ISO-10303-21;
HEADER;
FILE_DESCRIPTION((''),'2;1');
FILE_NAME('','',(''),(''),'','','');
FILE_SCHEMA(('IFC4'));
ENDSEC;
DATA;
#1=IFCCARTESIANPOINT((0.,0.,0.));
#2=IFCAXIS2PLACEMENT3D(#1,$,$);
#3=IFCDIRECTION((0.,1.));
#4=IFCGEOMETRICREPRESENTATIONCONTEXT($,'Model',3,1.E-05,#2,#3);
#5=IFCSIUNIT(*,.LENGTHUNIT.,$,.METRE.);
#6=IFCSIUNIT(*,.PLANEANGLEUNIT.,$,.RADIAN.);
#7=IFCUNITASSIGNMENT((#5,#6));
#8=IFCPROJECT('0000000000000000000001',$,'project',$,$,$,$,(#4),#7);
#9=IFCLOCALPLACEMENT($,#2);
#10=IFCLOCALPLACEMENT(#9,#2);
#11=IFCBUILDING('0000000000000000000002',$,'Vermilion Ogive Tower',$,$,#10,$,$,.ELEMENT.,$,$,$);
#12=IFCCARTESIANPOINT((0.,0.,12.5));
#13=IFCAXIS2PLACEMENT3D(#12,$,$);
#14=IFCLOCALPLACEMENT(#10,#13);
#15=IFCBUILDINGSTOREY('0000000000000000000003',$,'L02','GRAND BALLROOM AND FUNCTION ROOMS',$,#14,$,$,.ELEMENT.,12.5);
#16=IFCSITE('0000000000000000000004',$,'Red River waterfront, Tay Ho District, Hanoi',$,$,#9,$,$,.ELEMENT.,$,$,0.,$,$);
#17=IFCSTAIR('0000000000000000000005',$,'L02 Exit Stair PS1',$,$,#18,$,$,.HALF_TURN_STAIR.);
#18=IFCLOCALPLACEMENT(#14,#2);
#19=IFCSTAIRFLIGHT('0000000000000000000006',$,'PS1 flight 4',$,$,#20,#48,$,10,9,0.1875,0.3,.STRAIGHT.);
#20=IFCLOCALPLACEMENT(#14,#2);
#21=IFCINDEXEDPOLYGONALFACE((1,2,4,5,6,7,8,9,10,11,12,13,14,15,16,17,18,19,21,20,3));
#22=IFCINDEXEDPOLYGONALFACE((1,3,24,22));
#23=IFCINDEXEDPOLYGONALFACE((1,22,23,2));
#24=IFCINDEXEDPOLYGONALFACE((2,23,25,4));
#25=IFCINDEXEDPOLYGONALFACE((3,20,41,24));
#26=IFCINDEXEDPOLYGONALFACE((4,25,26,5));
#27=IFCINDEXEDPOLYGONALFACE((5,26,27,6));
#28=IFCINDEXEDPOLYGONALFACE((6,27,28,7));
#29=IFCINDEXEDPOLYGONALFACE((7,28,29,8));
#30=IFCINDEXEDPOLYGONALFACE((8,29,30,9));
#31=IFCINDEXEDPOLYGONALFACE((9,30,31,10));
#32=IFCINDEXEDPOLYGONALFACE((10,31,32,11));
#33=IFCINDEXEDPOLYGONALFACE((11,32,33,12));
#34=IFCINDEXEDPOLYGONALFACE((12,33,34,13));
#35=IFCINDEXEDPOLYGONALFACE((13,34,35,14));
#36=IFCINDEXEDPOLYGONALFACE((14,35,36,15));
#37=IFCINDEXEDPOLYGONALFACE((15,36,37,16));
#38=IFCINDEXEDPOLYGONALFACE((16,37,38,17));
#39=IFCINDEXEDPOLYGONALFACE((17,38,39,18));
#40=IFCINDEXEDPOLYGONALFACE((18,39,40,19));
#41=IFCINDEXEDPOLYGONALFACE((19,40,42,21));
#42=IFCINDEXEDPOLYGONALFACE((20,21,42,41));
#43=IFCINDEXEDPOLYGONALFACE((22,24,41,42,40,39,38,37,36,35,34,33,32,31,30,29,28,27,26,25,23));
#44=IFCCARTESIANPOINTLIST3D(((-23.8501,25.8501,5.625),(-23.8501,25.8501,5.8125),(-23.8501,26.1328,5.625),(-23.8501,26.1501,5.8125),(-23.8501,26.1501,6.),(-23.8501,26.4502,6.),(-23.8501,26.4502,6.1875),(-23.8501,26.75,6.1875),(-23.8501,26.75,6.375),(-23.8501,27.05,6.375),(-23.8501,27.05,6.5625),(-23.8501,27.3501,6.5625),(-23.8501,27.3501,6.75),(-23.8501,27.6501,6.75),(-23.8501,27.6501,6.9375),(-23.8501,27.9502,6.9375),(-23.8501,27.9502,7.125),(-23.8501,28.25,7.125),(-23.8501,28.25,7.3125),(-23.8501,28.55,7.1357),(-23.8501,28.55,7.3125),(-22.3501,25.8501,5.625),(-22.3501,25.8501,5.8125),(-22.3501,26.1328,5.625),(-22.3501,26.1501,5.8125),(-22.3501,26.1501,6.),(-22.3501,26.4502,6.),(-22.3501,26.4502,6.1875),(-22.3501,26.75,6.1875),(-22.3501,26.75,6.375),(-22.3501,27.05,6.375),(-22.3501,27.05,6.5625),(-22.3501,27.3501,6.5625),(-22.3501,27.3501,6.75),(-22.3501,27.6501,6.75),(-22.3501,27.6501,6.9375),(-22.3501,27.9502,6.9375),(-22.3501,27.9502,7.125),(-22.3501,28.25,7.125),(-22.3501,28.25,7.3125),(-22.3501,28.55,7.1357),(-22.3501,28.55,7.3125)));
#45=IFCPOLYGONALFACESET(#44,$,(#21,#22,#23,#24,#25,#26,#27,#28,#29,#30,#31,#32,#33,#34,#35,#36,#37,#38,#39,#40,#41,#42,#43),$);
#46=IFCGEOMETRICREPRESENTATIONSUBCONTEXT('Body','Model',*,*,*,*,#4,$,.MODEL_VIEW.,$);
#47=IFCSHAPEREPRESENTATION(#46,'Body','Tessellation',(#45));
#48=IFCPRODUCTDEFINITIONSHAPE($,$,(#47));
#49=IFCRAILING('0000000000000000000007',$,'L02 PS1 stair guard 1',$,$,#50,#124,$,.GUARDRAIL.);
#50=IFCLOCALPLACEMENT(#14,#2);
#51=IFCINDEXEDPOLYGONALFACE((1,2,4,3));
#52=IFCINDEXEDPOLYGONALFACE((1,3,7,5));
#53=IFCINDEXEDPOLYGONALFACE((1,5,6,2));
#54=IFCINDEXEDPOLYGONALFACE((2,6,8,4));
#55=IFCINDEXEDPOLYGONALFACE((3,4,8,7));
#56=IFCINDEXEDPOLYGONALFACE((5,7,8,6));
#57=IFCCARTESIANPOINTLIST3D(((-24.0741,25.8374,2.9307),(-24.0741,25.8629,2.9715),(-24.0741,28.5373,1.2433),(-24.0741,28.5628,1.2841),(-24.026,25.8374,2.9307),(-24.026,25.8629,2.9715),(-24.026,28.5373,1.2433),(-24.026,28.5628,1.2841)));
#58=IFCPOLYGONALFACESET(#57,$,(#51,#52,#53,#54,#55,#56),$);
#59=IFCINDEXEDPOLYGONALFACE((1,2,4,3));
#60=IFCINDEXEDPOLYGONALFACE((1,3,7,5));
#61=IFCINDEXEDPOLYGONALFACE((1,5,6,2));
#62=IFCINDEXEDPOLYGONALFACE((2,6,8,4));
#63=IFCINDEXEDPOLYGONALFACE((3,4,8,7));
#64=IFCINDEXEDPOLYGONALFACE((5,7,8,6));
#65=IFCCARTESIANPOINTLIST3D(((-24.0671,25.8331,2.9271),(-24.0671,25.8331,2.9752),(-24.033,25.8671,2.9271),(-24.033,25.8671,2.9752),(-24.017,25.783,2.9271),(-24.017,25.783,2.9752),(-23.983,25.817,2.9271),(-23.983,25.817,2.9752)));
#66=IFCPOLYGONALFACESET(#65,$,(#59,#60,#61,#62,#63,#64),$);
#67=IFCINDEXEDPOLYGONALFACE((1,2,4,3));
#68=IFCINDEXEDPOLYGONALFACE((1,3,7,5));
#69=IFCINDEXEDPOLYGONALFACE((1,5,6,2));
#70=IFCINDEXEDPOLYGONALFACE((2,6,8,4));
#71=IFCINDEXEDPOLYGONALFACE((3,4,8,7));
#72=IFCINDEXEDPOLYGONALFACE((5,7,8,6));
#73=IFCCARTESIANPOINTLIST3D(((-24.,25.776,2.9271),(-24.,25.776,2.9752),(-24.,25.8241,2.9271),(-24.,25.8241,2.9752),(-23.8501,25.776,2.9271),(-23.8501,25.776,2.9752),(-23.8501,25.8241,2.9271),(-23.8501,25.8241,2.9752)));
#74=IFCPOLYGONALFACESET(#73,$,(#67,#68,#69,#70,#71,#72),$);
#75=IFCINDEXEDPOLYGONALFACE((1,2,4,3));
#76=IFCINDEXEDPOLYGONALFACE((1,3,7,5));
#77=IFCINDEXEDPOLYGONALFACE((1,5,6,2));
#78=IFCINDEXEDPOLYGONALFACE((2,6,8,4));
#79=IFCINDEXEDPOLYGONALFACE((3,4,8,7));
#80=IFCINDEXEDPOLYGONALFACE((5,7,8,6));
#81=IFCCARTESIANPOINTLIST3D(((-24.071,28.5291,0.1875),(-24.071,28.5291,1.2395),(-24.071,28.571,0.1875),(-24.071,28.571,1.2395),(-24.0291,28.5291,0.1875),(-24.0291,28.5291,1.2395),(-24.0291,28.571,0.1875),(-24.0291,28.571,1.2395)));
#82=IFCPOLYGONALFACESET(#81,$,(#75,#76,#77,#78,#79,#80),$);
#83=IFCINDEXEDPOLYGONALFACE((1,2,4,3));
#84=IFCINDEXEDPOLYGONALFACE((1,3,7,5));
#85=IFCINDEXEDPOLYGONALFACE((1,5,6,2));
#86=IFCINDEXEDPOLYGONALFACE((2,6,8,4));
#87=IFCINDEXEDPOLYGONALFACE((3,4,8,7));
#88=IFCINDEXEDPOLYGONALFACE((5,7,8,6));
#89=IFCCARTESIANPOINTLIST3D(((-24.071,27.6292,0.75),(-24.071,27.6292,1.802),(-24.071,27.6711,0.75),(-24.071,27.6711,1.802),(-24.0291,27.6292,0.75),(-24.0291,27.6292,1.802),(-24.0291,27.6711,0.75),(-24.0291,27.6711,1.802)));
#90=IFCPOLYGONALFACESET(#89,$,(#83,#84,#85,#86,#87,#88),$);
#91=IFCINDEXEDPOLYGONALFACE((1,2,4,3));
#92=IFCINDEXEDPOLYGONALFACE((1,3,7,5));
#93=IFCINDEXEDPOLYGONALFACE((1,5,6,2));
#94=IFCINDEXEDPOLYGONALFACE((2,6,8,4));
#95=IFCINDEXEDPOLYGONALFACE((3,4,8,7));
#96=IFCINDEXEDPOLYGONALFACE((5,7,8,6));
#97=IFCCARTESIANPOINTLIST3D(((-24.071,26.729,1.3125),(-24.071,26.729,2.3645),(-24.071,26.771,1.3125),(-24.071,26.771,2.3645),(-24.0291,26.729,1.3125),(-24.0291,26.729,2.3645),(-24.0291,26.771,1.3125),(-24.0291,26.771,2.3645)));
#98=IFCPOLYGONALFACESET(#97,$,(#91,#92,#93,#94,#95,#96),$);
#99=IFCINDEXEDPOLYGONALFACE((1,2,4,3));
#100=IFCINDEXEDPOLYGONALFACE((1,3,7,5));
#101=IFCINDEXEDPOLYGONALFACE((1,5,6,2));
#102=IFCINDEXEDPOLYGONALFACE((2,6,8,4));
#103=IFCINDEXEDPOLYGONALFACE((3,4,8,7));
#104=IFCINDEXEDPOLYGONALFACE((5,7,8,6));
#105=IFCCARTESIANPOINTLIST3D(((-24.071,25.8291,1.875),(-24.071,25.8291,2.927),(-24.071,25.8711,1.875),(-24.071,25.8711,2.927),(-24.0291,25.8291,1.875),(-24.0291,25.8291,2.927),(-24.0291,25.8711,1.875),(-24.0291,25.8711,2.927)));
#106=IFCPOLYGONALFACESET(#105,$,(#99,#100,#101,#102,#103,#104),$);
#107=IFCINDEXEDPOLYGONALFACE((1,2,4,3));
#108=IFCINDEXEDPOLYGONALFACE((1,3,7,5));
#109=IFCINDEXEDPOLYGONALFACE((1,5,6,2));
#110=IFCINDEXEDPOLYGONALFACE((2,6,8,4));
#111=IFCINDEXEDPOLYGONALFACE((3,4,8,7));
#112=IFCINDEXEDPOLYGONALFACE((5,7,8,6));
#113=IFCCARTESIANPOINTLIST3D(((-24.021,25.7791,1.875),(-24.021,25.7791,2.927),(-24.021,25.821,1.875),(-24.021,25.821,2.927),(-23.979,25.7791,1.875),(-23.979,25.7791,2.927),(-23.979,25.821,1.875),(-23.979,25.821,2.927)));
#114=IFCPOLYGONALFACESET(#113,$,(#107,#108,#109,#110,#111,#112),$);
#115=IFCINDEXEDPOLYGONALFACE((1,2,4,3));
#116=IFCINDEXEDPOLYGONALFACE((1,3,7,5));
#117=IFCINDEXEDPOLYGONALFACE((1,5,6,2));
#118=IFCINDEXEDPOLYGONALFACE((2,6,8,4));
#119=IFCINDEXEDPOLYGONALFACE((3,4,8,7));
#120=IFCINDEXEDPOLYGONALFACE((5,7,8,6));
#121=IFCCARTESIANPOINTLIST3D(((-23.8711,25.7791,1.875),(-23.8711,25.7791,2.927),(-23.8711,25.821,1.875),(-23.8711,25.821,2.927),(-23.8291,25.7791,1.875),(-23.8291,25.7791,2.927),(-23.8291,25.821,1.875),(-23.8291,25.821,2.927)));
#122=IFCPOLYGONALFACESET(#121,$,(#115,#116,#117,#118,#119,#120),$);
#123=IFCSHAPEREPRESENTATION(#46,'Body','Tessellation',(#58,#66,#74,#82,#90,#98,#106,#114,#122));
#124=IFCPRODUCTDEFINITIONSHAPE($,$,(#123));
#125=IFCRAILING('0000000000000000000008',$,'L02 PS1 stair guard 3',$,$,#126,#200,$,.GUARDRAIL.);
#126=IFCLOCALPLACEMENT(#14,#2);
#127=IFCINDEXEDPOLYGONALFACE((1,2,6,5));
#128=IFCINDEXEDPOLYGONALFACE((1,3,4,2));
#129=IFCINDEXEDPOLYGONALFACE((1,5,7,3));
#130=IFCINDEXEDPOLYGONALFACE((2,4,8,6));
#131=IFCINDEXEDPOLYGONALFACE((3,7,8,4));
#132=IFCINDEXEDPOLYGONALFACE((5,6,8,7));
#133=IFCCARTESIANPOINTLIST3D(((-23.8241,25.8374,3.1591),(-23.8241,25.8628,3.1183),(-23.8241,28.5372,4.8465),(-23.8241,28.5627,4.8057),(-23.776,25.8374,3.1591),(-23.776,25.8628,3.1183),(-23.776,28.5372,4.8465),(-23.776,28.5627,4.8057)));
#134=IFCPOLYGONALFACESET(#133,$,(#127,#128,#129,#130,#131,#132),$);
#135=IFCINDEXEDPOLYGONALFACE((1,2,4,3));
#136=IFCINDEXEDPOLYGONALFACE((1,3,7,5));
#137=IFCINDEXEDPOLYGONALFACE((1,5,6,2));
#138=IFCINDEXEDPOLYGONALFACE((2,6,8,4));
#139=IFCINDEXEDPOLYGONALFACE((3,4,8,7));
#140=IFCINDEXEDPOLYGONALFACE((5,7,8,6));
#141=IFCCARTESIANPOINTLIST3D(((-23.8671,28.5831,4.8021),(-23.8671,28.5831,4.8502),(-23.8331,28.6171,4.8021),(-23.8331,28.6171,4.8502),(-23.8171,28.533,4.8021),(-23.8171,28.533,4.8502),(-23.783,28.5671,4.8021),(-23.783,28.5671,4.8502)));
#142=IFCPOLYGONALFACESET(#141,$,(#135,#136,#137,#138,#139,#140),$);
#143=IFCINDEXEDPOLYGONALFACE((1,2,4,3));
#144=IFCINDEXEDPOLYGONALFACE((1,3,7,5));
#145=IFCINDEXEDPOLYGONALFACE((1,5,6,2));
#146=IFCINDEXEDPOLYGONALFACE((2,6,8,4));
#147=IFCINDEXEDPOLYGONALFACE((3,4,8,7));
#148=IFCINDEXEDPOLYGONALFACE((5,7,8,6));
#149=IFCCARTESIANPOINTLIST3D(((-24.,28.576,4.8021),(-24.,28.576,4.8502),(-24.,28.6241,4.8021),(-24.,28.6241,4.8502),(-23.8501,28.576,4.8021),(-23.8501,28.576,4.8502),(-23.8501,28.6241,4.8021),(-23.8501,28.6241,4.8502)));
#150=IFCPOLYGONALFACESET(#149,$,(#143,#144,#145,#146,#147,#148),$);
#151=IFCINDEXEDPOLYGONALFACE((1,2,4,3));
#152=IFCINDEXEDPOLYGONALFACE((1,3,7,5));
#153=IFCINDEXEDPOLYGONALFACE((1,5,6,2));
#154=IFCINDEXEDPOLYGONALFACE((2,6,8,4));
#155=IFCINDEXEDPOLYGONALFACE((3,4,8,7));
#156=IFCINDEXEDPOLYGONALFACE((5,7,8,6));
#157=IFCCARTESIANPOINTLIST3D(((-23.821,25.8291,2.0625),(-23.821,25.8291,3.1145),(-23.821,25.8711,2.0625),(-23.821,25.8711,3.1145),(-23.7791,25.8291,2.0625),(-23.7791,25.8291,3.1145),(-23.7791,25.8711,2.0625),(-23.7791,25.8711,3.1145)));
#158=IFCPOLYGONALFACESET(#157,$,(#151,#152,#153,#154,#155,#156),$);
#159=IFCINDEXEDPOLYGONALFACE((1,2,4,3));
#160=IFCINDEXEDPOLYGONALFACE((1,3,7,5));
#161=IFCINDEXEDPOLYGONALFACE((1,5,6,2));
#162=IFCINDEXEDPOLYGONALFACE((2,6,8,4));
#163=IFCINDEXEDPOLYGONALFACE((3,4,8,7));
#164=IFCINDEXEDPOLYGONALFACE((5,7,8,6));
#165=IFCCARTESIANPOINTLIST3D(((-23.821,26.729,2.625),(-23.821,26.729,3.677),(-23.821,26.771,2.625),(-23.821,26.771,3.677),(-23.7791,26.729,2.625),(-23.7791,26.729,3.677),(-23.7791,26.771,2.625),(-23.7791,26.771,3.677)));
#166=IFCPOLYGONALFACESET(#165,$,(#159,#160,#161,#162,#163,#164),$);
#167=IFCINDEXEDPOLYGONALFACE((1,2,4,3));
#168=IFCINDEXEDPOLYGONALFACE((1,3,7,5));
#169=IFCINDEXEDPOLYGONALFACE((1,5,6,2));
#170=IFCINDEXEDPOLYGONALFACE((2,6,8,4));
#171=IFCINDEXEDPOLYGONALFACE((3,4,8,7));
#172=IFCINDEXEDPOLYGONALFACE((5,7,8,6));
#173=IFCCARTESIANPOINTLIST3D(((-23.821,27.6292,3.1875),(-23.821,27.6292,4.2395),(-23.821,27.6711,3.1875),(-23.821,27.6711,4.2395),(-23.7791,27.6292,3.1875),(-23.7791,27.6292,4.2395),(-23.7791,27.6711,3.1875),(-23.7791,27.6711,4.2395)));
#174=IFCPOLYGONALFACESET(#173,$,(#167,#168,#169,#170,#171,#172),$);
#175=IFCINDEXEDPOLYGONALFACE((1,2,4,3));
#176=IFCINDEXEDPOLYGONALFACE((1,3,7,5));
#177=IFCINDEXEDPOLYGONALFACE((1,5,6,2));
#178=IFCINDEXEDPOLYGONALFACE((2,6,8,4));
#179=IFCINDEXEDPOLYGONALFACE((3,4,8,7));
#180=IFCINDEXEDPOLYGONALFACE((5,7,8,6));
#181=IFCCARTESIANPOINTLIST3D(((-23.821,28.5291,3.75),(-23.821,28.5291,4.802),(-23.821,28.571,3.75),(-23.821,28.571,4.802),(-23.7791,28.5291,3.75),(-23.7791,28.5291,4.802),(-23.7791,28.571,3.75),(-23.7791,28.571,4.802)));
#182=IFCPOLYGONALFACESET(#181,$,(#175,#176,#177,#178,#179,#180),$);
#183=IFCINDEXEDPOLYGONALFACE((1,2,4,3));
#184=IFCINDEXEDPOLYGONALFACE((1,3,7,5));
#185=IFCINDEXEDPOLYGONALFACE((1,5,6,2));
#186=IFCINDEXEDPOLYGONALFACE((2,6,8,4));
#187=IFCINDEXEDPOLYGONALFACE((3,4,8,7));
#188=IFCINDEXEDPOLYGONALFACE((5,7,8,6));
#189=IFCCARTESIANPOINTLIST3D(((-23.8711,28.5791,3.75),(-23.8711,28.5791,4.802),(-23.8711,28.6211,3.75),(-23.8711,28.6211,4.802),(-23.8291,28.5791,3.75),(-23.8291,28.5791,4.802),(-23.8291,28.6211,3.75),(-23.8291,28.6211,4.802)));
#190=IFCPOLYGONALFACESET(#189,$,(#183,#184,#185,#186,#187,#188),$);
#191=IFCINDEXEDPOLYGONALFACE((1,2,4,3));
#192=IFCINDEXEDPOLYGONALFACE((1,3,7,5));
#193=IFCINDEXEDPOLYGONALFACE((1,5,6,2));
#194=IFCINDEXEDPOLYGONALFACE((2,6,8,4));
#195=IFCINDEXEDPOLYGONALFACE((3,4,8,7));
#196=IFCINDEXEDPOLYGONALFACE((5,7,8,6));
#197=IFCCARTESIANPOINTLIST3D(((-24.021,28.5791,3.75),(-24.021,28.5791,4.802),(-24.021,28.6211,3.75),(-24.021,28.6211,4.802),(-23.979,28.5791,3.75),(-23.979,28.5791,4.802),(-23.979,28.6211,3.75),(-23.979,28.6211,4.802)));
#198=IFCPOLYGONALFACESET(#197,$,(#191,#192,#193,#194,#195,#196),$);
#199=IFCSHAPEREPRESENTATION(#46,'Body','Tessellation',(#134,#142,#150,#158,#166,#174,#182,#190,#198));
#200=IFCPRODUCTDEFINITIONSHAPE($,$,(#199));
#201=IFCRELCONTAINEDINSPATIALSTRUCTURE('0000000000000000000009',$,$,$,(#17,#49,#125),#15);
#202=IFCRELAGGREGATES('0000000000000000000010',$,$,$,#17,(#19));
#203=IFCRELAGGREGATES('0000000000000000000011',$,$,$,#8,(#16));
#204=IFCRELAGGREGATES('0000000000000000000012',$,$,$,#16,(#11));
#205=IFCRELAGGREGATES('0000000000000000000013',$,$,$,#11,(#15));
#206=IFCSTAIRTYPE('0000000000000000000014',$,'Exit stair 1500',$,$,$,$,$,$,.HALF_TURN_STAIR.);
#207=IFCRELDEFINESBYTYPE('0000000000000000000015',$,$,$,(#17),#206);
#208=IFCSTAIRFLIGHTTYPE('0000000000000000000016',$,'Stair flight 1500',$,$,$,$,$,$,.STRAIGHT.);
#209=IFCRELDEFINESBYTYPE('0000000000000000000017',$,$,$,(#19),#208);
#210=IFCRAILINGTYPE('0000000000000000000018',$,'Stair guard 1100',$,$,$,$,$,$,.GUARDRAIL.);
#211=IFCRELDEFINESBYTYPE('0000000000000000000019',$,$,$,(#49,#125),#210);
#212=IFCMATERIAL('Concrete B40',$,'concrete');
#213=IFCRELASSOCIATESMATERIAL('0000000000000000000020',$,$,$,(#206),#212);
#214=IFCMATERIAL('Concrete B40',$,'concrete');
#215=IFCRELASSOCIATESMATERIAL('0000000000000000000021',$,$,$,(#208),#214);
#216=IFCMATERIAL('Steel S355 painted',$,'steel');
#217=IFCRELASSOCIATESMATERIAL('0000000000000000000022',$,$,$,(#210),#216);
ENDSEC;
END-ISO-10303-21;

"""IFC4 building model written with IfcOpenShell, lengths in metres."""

from ifc_helpers import new_model, si_unit, direction, frame, origin, origin_2d, place, context, subcontext, project, spatial, polyline, rectangle, outline, extrude, material, type_object, element, aggregate, save


model = new_model("IFC4")

# Units and contexts
model_context = context("Model", 3, precision=1e-05, world=origin(), true_north=direction((0.0, 1.0)))
body_context = subcontext(model_context, "Body", "Model", "MODEL_VIEW")
ifc_project = project(units=[si_unit("LENGTHUNIT", "METRE"), si_unit("PLANEANGLEUNIT", "RADIAN")], contexts=[model_context])

# Site, building, storey
site_placement = place(None, origin())
site = spatial("IfcSite", under=ifc_project, at=site_placement, Name="Red River waterfront, Tay Ho District, Hanoi", CompositionType="ELEMENT", RefElevation=0.0)
building_placement = place(site_placement, origin())
building = spatial("IfcBuilding", under=site, at=building_placement, Name="Vermilion Ogive Tower", CompositionType="ELEMENT")
storey_placement = place(building_placement, frame((0.0, 0.0, 12.5)))
storey = spatial("IfcBuildingStorey", under=building, at=storey_placement, Name="L02", Description="GRAND BALLROOM AND FUNCTION ROOMS", CompositionType="ELEMENT", Elevation=12.5)

# Stair, stair flight
ifc_material_1 = material(Name="Concrete B40", Category="concrete")
stair_type = type_object("IfcStairType", Name="Exit stair 1500", PredefinedType="HALF_TURN_STAIR", material=ifc_material_1)
stair_placement = place(storey_placement, origin())
stair = element("IfcStair", 1, at=stair_placement, inside=storey, type_object=stair_type, Name="L02 Exit Stair PS1", PredefinedType="HALF_TURN_STAIR")
ifc_material_2 = material(Name="Concrete B40", Category="concrete")
stair_flight_type = type_object("IfcStairFlightType", Name="Stair flight 1500", PredefinedType="STRAIGHT", material=ifc_material_2)
stair_flight_1_placement = place(storey_placement, frame((-23.1001, 25.8501, 5.625), z_axis=(0.0, 0.0, 1.0), x_axis=(0.0, 1.0, 0.0)))
stair_flight_1 = element("IfcStairFlight", 2, at=stair_flight_1_placement, type_object=stair_flight_type, Name="PS1 flight 4", NumberOfRisers=10, NumberOfTreads=9, PredefinedType="STRAIGHT", RiserHeight=0.1875, TreadLength=0.3, context=body_context, shape_type="SweptSolid", body=[
    extrude(outline(polyline([(0.0, 0.0), (0.0, 0.1875), (0.3, 0.1875), (0.3, 0.375), (0.6001, 0.375), (0.6001, 0.5625), (0.8999, 0.5625), (0.8999, 0.75), (1.2, 0.75), (1.2, 0.9375), (1.5, 0.9375), (1.5, 1.125), (1.8, 1.125), (1.8, 1.3125), (2.1001, 1.3125), (2.1001, 1.5), (2.3999, 1.5), (2.3999, 1.6875), (2.7, 1.6875), (2.7, 1.875), (2.7, 1.5107), (0.2827, 0.0), (0.0, 0.0)])), frame((0.0, 0.75, 0.0), z_axis=(0.0, -1.0, 0.0), x_axis=(1.0, 0.0, 0.0)), (0.0, 0.0, 1.0), 1.5),
])
aggregate(stair, [stair_flight_1])

# Railings
ifc_material_3 = material(Name="Steel S355 painted", Category="steel")
railing_type_1 = type_object("IfcRailingType", Name="Stair guard 1100", PredefinedType="GUARDRAIL", material=ifc_material_3)
railing_1_placement = place(storey_placement, frame((-24.05, 28.55, 0.1875)))
element("IfcRailing", 3, at=railing_1_placement, inside=storey, type_object=railing_type_1, Name="L02 PS1 stair guard 1", PredefinedType="GUARDRAIL", context=body_context, shape_type="SweptSolid", body=[
    extrude(rectangle(XDim=0.0481, YDim=0.0481, at=origin_2d()), frame((0.0, 0.0, 1.0762), z_axis=(0.0, -0.847994, 0.530006), x_axis=(1.0, 0.0, 0.0)), (0.0, 0.0, 1.0), 3.1838),
    extrude(rectangle(XDim=0.0481, YDim=0.0481, at=origin_2d()), frame((0.0, -2.7, 2.7637), z_axis=(0.707107, -0.707107, 0.0), x_axis=(0.707107, 0.707107, 0.0)), (0.0, 0.0, 1.0), 0.0708),
    extrude(rectangle(XDim=0.0481, YDim=0.0481, at=origin_2d()), frame((0.05, -2.75, 2.7637), z_axis=(1.0, 0.0, 0.0), x_axis=(0.0, 1.0, 0.0)), (0.0, 0.0, 1.0), 0.1499),
    extrude(rectangle(XDim=0.042, YDim=0.042, at=origin_2d()), origin(), (0.0, 0.0, 1.0), 1.052),
    extrude(rectangle(XDim=0.042, YDim=0.042, at=origin_2d()), frame((0.0, -0.8999, 0.5625)), (0.0, 0.0, 1.0), 1.052),
    extrude(rectangle(XDim=0.042, YDim=0.042, at=origin_2d()), frame((0.0, -1.8, 1.125)), (0.0, 0.0, 1.0), 1.052),
    extrude(rectangle(XDim=0.042, YDim=0.042, at=origin_2d()), frame((0.0, -2.7, 1.6875)), (0.0, 0.0, 1.0), 1.052),
    extrude(rectangle(XDim=0.042, YDim=0.042, at=origin_2d()), frame((0.05, -2.75, 1.6875)), (0.0, 0.0, 1.0), 1.052),
    extrude(rectangle(XDim=0.042, YDim=0.042, at=origin_2d()), frame((0.2, -2.75, 1.6875)), (0.0, 0.0, 1.0), 1.052),
])
railing_2_placement = place(storey_placement, frame((-23.8, 25.8501, 2.0625)))
element("IfcRailing", 4, at=railing_2_placement, inside=storey, type_object=railing_type_1, Name="L02 PS1 stair guard 3", PredefinedType="GUARDRAIL", context=body_context, shape_type="SweptSolid", body=[
    extrude(rectangle(XDim=0.0481, YDim=0.0481, at=origin_2d()), frame((0.0, 0.0, 1.0762), z_axis=(0.0, 0.847994, 0.530006), x_axis=(-1.0, 0.0, 0.0)), (0.0, 0.0, 1.0), 3.1838),
    extrude(rectangle(XDim=0.0481, YDim=0.0481, at=origin_2d()), frame((0.0, 2.7, 2.7637), z_axis=(-0.707107, 0.707107, 0.0), x_axis=(-0.707107, -0.707107, 0.0)), (0.0, 0.0, 1.0), 0.0708),
    extrude(rectangle(XDim=0.0481, YDim=0.0481, at=origin_2d()), frame((-0.05, 2.75, 2.7637), z_axis=(-1.0, 0.0, 0.0), x_axis=(0.0, -1.0, 0.0)), (0.0, 0.0, 1.0), 0.1499),
    extrude(rectangle(XDim=0.042, YDim=0.042, at=origin_2d()), origin(), (0.0, 0.0, 1.0), 1.052),
    extrude(rectangle(XDim=0.042, YDim=0.042, at=origin_2d()), frame((0.0, 0.8999, 0.5625)), (0.0, 0.0, 1.0), 1.052),
    extrude(rectangle(XDim=0.042, YDim=0.042, at=origin_2d()), frame((0.0, 1.8, 1.125)), (0.0, 0.0, 1.0), 1.052),
    extrude(rectangle(XDim=0.042, YDim=0.042, at=origin_2d()), frame((0.0, 2.7, 1.6875)), (0.0, 0.0, 1.0), 1.052),
    extrude(rectangle(XDim=0.042, YDim=0.042, at=origin_2d()), frame((-0.05, 2.75, 1.6875)), (0.0, 0.0, 1.0), 1.052),
    extrude(rectangle(XDim=0.042, YDim=0.042, at=origin_2d()), frame((-0.2, 2.75, 1.6875)), (0.0, 0.0, 1.0), 1.052),
])

save(model, "model.ifc")
